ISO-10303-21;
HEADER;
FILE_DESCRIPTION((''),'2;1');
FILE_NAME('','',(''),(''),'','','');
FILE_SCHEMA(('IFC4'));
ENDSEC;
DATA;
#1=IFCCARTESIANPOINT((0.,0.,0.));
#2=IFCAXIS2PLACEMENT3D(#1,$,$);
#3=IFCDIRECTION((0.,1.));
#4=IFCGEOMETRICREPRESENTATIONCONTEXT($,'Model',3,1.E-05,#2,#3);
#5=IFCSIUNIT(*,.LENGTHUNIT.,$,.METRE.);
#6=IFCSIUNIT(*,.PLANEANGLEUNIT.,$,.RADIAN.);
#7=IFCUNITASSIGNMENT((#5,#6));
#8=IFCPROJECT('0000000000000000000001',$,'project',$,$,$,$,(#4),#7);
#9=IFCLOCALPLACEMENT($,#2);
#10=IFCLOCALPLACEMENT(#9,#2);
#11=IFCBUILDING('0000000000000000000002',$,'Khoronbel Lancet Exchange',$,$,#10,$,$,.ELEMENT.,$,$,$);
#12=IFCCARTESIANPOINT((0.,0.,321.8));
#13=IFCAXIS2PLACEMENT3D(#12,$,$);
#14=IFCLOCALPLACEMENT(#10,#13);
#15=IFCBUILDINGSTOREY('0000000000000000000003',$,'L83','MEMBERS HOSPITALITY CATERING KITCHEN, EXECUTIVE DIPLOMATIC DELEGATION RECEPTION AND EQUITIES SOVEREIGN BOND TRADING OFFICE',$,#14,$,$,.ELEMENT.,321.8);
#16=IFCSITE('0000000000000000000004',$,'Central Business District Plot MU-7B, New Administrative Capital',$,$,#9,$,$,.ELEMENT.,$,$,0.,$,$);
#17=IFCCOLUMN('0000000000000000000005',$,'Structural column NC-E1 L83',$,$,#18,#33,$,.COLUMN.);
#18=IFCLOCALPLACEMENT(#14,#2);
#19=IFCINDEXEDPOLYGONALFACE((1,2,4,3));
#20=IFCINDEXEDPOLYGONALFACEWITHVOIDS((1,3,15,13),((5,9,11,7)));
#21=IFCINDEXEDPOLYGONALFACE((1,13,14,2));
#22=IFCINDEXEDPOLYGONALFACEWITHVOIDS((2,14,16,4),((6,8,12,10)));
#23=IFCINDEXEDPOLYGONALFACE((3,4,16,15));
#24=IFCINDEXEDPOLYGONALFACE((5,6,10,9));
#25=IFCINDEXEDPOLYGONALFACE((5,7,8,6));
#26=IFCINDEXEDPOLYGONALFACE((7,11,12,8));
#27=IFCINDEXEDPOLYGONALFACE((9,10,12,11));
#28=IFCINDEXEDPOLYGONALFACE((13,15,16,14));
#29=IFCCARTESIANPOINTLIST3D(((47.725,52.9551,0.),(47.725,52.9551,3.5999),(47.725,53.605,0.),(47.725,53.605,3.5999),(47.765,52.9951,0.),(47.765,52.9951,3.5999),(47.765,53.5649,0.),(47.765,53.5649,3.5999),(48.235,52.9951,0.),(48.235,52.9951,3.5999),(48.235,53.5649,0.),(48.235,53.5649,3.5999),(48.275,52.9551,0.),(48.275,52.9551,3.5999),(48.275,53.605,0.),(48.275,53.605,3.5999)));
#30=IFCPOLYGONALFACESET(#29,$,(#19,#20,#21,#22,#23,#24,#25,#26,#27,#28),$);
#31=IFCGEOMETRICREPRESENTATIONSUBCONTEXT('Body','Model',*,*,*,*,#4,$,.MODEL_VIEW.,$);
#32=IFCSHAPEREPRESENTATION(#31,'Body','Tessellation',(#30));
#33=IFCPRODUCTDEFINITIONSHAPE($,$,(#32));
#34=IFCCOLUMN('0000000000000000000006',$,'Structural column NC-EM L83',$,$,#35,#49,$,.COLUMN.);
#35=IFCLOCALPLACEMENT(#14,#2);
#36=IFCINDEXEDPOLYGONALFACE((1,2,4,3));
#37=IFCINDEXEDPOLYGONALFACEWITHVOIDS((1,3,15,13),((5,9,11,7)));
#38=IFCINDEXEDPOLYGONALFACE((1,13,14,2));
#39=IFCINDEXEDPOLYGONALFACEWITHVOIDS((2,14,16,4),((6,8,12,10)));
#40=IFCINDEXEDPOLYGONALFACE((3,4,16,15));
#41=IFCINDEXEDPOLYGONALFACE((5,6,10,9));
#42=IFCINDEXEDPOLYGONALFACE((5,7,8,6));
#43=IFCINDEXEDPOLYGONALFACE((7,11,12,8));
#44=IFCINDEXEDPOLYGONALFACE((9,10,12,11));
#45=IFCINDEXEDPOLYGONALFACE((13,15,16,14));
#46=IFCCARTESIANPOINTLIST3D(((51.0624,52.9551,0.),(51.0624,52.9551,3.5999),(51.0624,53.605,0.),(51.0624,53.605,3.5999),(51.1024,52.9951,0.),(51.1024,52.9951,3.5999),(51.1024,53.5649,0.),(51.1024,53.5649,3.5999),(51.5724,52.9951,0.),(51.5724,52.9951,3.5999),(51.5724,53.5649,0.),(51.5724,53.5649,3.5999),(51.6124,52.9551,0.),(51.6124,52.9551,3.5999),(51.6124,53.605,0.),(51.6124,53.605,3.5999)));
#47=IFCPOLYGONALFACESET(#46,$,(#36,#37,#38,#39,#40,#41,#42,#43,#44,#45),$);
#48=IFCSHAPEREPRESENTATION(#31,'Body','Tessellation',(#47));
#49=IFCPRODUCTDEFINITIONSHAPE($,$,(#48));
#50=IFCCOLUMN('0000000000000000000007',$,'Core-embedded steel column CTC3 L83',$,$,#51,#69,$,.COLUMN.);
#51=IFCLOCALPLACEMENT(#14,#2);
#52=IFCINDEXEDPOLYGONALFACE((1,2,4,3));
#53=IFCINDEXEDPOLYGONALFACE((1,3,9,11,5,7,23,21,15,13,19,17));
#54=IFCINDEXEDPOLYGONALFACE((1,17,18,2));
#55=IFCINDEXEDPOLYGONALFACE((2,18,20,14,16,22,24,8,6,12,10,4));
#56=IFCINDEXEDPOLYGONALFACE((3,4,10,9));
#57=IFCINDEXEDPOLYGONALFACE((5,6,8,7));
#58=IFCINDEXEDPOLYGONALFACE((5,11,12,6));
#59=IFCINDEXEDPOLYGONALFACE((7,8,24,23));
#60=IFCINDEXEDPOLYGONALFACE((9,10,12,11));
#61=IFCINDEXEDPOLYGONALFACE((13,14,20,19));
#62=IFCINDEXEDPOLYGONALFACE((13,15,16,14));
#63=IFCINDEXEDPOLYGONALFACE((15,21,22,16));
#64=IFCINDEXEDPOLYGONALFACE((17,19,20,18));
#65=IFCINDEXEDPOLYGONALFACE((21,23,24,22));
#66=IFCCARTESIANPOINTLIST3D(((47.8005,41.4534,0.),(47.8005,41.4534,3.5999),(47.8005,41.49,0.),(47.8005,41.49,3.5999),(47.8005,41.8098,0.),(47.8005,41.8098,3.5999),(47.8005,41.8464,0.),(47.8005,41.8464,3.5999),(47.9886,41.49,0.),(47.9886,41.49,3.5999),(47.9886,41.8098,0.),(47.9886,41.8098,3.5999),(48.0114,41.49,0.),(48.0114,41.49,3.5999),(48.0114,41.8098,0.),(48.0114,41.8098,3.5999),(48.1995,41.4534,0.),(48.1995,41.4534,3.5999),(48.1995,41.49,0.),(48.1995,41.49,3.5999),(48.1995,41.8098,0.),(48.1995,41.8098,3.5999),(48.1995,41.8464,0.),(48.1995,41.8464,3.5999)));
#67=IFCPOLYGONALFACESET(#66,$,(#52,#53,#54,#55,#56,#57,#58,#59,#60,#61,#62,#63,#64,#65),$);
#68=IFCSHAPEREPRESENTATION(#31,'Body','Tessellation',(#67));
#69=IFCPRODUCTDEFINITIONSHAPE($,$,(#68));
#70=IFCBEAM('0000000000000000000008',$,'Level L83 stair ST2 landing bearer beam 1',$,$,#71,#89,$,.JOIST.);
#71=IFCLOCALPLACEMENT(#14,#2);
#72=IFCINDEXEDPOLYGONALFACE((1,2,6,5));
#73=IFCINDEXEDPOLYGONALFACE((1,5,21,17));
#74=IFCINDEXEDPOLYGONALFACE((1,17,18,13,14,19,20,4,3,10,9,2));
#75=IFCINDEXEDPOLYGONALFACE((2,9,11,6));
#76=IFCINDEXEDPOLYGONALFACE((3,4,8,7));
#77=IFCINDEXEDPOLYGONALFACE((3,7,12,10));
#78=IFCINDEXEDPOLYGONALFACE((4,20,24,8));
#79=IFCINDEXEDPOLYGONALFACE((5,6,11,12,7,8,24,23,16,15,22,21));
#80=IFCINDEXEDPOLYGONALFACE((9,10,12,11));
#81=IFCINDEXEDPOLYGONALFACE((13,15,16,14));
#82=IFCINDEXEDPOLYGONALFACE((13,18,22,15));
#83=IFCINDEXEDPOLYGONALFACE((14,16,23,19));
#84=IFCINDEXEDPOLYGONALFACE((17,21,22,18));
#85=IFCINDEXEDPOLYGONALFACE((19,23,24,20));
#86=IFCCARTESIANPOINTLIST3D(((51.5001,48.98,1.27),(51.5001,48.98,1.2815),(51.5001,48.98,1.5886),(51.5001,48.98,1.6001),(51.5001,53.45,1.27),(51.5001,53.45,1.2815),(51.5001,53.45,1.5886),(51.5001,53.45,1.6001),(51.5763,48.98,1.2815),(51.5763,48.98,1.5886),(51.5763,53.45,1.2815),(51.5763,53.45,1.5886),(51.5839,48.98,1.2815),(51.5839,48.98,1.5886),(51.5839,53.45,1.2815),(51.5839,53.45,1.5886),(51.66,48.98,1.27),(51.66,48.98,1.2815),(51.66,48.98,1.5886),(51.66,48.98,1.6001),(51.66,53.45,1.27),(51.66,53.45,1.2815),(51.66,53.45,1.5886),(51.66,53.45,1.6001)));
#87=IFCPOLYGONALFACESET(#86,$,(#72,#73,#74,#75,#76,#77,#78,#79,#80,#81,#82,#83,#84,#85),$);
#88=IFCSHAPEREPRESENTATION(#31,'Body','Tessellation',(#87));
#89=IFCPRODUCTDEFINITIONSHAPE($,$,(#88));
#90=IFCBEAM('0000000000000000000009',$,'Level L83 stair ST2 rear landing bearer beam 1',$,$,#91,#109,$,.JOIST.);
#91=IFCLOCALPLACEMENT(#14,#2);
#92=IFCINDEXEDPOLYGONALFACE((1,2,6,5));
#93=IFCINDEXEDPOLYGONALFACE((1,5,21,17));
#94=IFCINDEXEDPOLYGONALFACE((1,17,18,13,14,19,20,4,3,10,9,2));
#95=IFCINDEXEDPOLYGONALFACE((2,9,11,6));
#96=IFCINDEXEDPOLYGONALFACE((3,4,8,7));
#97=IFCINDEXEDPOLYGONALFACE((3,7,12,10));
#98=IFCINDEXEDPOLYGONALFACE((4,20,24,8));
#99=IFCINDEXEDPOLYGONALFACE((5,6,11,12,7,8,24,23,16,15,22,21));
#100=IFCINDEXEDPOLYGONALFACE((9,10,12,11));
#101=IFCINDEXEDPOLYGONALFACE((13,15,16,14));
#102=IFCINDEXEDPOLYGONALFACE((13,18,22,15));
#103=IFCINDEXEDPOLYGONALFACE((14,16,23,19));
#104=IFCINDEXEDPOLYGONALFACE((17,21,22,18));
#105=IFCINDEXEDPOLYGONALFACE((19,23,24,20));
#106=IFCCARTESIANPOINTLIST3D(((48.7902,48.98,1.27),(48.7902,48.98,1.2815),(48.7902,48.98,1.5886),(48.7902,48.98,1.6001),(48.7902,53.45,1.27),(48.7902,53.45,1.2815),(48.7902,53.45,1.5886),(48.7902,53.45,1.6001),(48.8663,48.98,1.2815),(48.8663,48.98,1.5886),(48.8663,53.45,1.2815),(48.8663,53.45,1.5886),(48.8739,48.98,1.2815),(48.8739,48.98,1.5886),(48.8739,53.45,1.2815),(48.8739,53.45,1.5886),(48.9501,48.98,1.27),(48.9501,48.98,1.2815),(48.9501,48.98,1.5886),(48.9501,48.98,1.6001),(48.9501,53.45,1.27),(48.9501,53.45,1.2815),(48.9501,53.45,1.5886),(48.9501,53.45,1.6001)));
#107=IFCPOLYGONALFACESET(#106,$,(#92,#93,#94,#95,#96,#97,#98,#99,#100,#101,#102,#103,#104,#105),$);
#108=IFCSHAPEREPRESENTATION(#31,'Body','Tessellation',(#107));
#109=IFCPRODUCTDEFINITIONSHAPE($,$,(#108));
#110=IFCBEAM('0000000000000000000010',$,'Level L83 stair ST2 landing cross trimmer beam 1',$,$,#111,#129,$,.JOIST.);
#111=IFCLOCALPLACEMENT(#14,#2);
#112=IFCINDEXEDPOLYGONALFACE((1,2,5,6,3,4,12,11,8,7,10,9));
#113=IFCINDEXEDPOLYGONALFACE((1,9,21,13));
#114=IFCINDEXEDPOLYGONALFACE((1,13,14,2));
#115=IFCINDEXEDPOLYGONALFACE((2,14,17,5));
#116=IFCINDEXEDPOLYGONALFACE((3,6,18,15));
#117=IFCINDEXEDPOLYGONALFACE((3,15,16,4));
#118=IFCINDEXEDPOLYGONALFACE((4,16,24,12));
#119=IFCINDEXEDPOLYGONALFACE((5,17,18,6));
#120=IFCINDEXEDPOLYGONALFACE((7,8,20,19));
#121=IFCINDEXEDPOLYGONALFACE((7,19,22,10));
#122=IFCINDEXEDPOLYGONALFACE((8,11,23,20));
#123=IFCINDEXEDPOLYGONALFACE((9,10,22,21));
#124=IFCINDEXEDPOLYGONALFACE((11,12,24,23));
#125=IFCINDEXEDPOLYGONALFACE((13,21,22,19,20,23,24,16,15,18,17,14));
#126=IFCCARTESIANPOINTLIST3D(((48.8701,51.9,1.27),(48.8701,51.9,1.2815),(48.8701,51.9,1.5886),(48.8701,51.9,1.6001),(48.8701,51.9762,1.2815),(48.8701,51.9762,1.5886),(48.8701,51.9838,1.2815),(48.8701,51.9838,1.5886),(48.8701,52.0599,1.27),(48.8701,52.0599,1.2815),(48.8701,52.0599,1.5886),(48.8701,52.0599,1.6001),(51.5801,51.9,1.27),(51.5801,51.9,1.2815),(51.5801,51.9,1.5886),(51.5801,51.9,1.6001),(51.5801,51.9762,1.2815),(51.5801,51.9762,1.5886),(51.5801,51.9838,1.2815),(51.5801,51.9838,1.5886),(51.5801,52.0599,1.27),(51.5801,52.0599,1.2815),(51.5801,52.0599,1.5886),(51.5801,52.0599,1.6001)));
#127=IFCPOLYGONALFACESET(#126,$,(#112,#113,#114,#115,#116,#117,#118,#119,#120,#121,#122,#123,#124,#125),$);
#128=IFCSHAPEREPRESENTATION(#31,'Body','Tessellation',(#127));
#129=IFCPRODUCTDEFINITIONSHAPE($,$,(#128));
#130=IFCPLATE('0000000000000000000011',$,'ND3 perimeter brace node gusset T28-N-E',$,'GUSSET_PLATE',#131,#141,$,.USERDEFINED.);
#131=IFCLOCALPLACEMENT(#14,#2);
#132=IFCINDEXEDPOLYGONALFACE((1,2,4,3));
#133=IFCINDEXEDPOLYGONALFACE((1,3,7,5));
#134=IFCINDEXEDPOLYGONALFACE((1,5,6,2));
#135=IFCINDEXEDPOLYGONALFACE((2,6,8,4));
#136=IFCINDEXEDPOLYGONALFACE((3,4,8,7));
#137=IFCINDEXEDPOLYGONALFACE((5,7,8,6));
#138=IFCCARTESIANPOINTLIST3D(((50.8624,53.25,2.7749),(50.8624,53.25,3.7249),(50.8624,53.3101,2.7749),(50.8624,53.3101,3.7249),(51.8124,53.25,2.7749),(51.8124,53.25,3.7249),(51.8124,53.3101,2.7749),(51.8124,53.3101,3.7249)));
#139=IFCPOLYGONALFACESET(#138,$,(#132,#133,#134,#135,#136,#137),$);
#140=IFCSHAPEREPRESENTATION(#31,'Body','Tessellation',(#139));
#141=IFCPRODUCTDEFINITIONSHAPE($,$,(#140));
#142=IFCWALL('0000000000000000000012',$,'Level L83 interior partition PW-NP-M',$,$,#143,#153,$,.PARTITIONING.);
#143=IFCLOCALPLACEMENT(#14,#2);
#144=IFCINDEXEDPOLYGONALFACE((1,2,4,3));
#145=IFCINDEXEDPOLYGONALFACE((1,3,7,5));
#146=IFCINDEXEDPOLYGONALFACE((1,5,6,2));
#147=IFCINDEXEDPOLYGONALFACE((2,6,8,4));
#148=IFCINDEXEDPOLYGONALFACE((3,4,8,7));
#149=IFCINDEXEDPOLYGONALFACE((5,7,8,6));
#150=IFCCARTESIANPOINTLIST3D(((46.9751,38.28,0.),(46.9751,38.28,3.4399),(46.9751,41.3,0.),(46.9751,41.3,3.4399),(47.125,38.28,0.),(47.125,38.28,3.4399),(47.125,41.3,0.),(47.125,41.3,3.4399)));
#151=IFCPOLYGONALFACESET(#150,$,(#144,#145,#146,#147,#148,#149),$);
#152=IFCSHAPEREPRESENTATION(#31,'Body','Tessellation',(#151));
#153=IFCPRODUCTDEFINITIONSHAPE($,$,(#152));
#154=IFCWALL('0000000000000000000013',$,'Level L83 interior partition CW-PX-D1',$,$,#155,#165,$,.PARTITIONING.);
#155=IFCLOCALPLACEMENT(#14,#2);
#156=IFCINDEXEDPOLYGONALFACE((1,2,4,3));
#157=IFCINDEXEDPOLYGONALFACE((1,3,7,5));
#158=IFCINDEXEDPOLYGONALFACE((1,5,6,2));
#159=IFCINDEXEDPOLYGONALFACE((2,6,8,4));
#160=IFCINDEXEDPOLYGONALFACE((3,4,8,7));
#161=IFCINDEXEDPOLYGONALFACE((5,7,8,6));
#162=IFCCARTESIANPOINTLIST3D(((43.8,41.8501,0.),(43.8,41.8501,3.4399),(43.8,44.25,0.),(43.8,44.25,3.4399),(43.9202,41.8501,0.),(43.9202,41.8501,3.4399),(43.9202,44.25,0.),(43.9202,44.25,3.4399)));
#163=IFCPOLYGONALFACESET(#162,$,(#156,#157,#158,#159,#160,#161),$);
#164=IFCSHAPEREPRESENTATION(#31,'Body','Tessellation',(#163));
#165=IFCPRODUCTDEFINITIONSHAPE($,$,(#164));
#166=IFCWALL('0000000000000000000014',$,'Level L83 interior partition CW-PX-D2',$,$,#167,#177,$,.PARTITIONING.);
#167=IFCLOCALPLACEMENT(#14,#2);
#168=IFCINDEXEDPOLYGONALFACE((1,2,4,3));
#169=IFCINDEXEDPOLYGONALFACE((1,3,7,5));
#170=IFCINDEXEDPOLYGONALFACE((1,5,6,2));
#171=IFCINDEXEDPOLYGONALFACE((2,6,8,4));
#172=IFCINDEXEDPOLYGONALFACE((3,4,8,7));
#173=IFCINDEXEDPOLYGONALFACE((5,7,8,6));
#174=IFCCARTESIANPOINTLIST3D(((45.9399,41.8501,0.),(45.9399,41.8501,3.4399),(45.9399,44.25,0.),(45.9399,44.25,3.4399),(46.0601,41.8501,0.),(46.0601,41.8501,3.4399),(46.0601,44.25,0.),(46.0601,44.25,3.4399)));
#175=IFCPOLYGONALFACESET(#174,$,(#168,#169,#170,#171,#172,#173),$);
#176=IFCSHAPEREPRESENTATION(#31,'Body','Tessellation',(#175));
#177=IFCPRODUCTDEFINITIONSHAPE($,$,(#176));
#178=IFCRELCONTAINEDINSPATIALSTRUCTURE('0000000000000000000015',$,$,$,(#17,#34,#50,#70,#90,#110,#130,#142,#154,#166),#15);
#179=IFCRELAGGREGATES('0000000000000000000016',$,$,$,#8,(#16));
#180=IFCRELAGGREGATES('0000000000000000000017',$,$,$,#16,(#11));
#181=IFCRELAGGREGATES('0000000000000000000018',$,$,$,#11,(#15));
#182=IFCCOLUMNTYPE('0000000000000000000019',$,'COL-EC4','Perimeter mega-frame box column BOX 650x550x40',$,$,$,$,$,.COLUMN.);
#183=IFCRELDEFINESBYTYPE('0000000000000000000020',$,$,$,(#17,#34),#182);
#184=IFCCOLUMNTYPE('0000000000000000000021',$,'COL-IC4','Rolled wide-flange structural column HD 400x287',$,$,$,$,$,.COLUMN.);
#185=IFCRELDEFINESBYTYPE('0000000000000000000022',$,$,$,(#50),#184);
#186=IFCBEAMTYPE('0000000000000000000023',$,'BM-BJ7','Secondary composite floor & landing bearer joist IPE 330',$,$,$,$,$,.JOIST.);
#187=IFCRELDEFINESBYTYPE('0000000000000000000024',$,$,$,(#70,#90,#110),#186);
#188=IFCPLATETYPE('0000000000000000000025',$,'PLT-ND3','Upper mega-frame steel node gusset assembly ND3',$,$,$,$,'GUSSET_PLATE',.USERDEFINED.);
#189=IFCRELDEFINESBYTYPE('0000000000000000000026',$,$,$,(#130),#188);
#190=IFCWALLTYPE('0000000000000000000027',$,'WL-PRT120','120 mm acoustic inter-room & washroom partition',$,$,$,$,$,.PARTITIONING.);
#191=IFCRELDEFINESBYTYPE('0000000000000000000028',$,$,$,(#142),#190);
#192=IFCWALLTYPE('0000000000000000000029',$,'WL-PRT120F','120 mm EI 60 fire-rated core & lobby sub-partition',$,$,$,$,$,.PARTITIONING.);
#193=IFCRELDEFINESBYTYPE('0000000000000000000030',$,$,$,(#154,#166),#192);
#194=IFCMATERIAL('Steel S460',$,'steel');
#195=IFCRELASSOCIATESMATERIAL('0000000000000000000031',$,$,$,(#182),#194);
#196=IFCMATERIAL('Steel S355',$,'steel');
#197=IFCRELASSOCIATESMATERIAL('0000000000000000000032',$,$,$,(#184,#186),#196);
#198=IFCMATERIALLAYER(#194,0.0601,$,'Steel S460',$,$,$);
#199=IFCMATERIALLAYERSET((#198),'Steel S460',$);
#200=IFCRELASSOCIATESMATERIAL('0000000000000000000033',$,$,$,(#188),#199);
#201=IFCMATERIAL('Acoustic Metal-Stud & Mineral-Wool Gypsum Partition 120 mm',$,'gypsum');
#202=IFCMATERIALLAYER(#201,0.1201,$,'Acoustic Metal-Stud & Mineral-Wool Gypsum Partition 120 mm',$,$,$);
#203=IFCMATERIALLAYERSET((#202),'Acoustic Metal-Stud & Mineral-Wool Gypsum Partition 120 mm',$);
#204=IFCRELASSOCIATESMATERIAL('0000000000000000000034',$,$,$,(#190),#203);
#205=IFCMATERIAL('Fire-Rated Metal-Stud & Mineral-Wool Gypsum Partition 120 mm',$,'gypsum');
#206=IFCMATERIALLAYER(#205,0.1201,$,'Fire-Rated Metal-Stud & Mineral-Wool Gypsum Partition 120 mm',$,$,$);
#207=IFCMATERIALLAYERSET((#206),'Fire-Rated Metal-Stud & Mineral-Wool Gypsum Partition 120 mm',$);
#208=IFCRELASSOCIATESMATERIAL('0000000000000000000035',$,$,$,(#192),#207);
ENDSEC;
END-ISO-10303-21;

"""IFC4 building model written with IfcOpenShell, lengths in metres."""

from ifc_helpers import new_model, si_unit, direction, frame, frame_2d, origin, origin_2d, place, context, subcontext, project, spatial, rectangle, hollow_rectangle, i_section, extrude, material, layer, layer_set, material_profile, profile_set, type_object, element, save


model = new_model("IFC4")

# Units and contexts
model_context = context("Model", 3, precision=1e-05, world=origin(), true_north=direction((0.0, 1.0)))
body_context = subcontext(model_context, "Body", "Model", "MODEL_VIEW")
ifc_project = project(units=[si_unit("LENGTHUNIT", "METRE"), si_unit("PLANEANGLEUNIT", "RADIAN")], contexts=[model_context])

# Site, building, storey
site_placement = place(None, origin())
site = spatial("IfcSite", under=ifc_project, at=site_placement, Name="Central Business District Plot MU-7B, New Administrative Capital", CompositionType="ELEMENT", RefElevation=0.0)
building_placement = place(site_placement, origin())
building = spatial("IfcBuilding", under=site, at=building_placement, Name="Khoronbel Lancet Exchange", CompositionType="ELEMENT")
storey_placement = place(building_placement, frame((0.0, 0.0, 321.8)))
storey = spatial("IfcBuildingStorey", under=building, at=storey_placement, Name="L83", Description="MEMBERS HOSPITALITY CATERING KITCHEN, EXECUTIVE DIPLOMATIC DELEGATION RECEPTION AND EQUITIES SOVEREIGN BOND TRADING OFFICE", CompositionType="ELEMENT", Elevation=321.8)

# Columns
ifc_material_1 = material(Name="Steel S460", Category="steel")
ifc_material_profile_1 = material_profile(ifc_material_1, hollow_rectangle(XDim=0.55, YDim=0.6499, WallThickness=0.04, at=origin_2d()), Name="BOX 650x550x40")
ifc_profile_set_1 = profile_set([ifc_material_profile_1], Name="Steel S460")
column_type_1 = type_object("IfcColumnType", Name="COL-EC4", Description="Perimeter mega-frame box column BOX 650x550x40", PredefinedType="COLUMN", material=ifc_profile_set_1)
for number, where, z_axis, x_axis, name in (
    (1, (48.0, 53.28, 0.0), (0.0, 0.0, 1.0), (1.0, 0.0, 0.0), "Structural column NC-E1 L83"),
    (2, (51.3374, 53.28, 0.0), (0.0, 0.0, 1.0), (1.0, 0.0, 0.0), "Structural column NC-EM L83"),
):
    element("IfcColumn", number, at=place(storey_placement, frame(where, z_axis=z_axis, x_axis=x_axis)), inside=storey, type_object=column_type_1, Name=name, PredefinedType="COLUMN", context=body_context, shape_type="SweptSolid", body=[
        extrude(hollow_rectangle(XDim=0.55, YDim=0.6499, WallThickness=0.04, at=origin_2d()), origin(), (0.0, 0.0, 1.0), 3.5999),
    ])
ifc_material_2 = material(Name="Steel S355", Category="steel")
ifc_material_profile_2 = material_profile(ifc_material_2, i_section(OverallWidth=0.3989, OverallDepth=0.3931, WebThickness=0.0227, FlangeThickness=0.0366, at=origin_2d()), Name="HD 400x287")
ifc_profile_set_2 = profile_set([ifc_material_profile_2], Name="Steel S355")
column_type_2 = type_object("IfcColumnType", Name="COL-IC4", Description="Rolled wide-flange structural column HD 400x287", PredefinedType="COLUMN", material=ifc_profile_set_2)
column_placement = place(storey_placement, frame((48.0, 41.6499, 0.0), z_axis=(0.0, 0.0, 1.0), x_axis=(1.0, 0.0, 0.0)))
element("IfcColumn", 3, at=column_placement, inside=storey, type_object=column_type_2, Name="Core-embedded steel column CTC3 L83", PredefinedType="COLUMN", context=body_context, shape_type="SweptSolid", body=[
    extrude(i_section(OverallWidth=0.3989, OverallDepth=0.3931, WebThickness=0.0227, FlangeThickness=0.0366, at=origin_2d()), origin(), (0.0, 0.0, 1.0), 3.5999),
])

# Beams
ifc_material_profile_3 = material_profile(ifc_material_2, i_section(OverallWidth=0.1599, OverallDepth=0.3301, WebThickness=0.0076, FlangeThickness=0.0115, at=origin_2d()), Name="IPE 330")
ifc_profile_set_3 = profile_set([ifc_material_profile_3], Name="Steel S355")
beam_type = type_object("IfcBeamType", Name="BM-BJ7", Description="Secondary composite floor & landing bearer joist IPE 330", PredefinedType="JOIST", material=ifc_profile_set_3)
for number, where, z_axis, x_axis, name in (
    (4, (51.5801, 48.98, 1.4351), (0.0, 1.0, 0.0), (-1.0, 0.0, 0.0), "Level L83 stair ST2 landing bearer beam 1"),
    (5, (48.8701, 48.98, 1.4351), (0.0, 1.0, 0.0), (-1.0, 0.0, 0.0), "Level L83 stair ST2 rear landing bearer beam 1"),
):
    element("IfcBeam", number, at=place(storey_placement, frame(where, z_axis=z_axis, x_axis=x_axis)), inside=storey, type_object=beam_type, Name=name, PredefinedType="JOIST", context=body_context, shape_type="SweptSolid", body=[
        extrude(i_section(OverallWidth=0.1599, OverallDepth=0.3301, WebThickness=0.0076, FlangeThickness=0.0115, at=origin_2d()), origin(), (0.0, 0.0, 1.0), 4.47),
    ])
beam_placement = place(storey_placement, frame((48.8701, 51.98, 1.4351), z_axis=(1.0, 0.0, 0.0), x_axis=(0.0, 1.0, 0.0)))
element("IfcBeam", 6, at=beam_placement, inside=storey, type_object=beam_type, Name="Level L83 stair ST2 landing cross trimmer beam 1", PredefinedType="JOIST", context=body_context, shape_type="SweptSolid", body=[
    extrude(i_section(OverallWidth=0.1599, OverallDepth=0.3301, WebThickness=0.0076, FlangeThickness=0.0115, at=origin_2d()), origin(), (0.0, 0.0, 1.0), 2.71),
])

# Plate
ifc_layer_1 = layer(ifc_material_1, 0.0601, Name="Steel S460")
ifc_layer_set_1 = layer_set([ifc_layer_1], Name="Steel S460")
plate_type = type_object("IfcPlateType", Name="PLT-ND3", Description="Upper mega-frame steel node gusset assembly ND3", ElementType="GUSSET_PLATE", PredefinedType="USERDEFINED", material=ifc_layer_set_1)
plate_placement = place(storey_placement, frame((51.3374, 53.28, 2.7749), z_axis=(0.0, 0.0, 1.0), x_axis=(1.0, 0.0, 0.0)))
element("IfcPlate", 7, at=plate_placement, inside=storey, type_object=plate_type, Name="ND3 perimeter brace node gusset T28-N-E", ObjectType="GUSSET_PLATE", PredefinedType="USERDEFINED", context=body_context, shape_type="SweptSolid", body=[
    extrude(rectangle(XDim=0.95, YDim=0.0601, at=origin_2d()), origin(), (0.0, 0.0, 1.0), 0.95),
])

# Walls
ifc_material_3 = material(Name="Acoustic Metal-Stud & Mineral-Wool Gypsum Partition 120 mm", Category="gypsum")
ifc_layer_2 = layer(ifc_material_3, 0.1201, Name="Acoustic Metal-Stud & Mineral-Wool Gypsum Partition 120 mm")
ifc_layer_set_2 = layer_set([ifc_layer_2], Name="Acoustic Metal-Stud & Mineral-Wool Gypsum Partition 120 mm")
wall_type_1 = type_object("IfcWallType", Name="WL-PRT120", Description="120 mm acoustic inter-room & washroom partition", PredefinedType="PARTITIONING", material=ifc_layer_set_2)
wall_1_placement = place(storey_placement, frame((47.05, 38.28, 0.0), z_axis=(0.0, 0.0, 1.0), x_axis=(0.0, 1.0, 0.0)))
element("IfcWall", 8, at=wall_1_placement, inside=storey, type_object=wall_type_1, Name="Level L83 interior partition PW-NP-M", PredefinedType="PARTITIONING", context=body_context, shape_type="SweptSolid", body=[
    extrude(rectangle(XDim=3.02, YDim=0.1499, at=frame_2d((1.51, 0.0))), origin(), (0.0, 0.0, 1.0), 3.4399),
])
ifc_material_4 = material(Name="Fire-Rated Metal-Stud & Mineral-Wool Gypsum Partition 120 mm", Category="gypsum")
ifc_layer_3 = layer(ifc_material_4, 0.1201, Name="Fire-Rated Metal-Stud & Mineral-Wool Gypsum Partition 120 mm")
ifc_layer_set_3 = layer_set([ifc_layer_3], Name="Fire-Rated Metal-Stud & Mineral-Wool Gypsum Partition 120 mm")
wall_type_2 = type_object("IfcWallType", Name="WL-PRT120F", Description="120 mm EI 60 fire-rated core & lobby sub-partition", PredefinedType="PARTITIONING", material=ifc_layer_set_3)
for number, where, z_axis, x_axis, name in (
    (9, (43.8601, 41.8501, 0.0), (0.0, 0.0, 1.0), (0.0, 1.0, 0.0), "Level L83 interior partition CW-PX-D1"),
    (10, (46.0, 41.8501, 0.0), (0.0, 0.0, 1.0), (0.0, 1.0, 0.0), "Level L83 interior partition CW-PX-D2"),
):
    element("IfcWall", number, at=place(storey_placement, frame(where, z_axis=z_axis, x_axis=x_axis)), inside=storey, type_object=wall_type_2, Name=name, PredefinedType="PARTITIONING", context=body_context, shape_type="SweptSolid", body=[
        extrude(rectangle(XDim=2.3999, YDim=0.1201, at=frame_2d((1.2, 0.0))), origin(), (0.0, 0.0, 1.0), 3.4399),
    ])

save(model, "model.ifc")
